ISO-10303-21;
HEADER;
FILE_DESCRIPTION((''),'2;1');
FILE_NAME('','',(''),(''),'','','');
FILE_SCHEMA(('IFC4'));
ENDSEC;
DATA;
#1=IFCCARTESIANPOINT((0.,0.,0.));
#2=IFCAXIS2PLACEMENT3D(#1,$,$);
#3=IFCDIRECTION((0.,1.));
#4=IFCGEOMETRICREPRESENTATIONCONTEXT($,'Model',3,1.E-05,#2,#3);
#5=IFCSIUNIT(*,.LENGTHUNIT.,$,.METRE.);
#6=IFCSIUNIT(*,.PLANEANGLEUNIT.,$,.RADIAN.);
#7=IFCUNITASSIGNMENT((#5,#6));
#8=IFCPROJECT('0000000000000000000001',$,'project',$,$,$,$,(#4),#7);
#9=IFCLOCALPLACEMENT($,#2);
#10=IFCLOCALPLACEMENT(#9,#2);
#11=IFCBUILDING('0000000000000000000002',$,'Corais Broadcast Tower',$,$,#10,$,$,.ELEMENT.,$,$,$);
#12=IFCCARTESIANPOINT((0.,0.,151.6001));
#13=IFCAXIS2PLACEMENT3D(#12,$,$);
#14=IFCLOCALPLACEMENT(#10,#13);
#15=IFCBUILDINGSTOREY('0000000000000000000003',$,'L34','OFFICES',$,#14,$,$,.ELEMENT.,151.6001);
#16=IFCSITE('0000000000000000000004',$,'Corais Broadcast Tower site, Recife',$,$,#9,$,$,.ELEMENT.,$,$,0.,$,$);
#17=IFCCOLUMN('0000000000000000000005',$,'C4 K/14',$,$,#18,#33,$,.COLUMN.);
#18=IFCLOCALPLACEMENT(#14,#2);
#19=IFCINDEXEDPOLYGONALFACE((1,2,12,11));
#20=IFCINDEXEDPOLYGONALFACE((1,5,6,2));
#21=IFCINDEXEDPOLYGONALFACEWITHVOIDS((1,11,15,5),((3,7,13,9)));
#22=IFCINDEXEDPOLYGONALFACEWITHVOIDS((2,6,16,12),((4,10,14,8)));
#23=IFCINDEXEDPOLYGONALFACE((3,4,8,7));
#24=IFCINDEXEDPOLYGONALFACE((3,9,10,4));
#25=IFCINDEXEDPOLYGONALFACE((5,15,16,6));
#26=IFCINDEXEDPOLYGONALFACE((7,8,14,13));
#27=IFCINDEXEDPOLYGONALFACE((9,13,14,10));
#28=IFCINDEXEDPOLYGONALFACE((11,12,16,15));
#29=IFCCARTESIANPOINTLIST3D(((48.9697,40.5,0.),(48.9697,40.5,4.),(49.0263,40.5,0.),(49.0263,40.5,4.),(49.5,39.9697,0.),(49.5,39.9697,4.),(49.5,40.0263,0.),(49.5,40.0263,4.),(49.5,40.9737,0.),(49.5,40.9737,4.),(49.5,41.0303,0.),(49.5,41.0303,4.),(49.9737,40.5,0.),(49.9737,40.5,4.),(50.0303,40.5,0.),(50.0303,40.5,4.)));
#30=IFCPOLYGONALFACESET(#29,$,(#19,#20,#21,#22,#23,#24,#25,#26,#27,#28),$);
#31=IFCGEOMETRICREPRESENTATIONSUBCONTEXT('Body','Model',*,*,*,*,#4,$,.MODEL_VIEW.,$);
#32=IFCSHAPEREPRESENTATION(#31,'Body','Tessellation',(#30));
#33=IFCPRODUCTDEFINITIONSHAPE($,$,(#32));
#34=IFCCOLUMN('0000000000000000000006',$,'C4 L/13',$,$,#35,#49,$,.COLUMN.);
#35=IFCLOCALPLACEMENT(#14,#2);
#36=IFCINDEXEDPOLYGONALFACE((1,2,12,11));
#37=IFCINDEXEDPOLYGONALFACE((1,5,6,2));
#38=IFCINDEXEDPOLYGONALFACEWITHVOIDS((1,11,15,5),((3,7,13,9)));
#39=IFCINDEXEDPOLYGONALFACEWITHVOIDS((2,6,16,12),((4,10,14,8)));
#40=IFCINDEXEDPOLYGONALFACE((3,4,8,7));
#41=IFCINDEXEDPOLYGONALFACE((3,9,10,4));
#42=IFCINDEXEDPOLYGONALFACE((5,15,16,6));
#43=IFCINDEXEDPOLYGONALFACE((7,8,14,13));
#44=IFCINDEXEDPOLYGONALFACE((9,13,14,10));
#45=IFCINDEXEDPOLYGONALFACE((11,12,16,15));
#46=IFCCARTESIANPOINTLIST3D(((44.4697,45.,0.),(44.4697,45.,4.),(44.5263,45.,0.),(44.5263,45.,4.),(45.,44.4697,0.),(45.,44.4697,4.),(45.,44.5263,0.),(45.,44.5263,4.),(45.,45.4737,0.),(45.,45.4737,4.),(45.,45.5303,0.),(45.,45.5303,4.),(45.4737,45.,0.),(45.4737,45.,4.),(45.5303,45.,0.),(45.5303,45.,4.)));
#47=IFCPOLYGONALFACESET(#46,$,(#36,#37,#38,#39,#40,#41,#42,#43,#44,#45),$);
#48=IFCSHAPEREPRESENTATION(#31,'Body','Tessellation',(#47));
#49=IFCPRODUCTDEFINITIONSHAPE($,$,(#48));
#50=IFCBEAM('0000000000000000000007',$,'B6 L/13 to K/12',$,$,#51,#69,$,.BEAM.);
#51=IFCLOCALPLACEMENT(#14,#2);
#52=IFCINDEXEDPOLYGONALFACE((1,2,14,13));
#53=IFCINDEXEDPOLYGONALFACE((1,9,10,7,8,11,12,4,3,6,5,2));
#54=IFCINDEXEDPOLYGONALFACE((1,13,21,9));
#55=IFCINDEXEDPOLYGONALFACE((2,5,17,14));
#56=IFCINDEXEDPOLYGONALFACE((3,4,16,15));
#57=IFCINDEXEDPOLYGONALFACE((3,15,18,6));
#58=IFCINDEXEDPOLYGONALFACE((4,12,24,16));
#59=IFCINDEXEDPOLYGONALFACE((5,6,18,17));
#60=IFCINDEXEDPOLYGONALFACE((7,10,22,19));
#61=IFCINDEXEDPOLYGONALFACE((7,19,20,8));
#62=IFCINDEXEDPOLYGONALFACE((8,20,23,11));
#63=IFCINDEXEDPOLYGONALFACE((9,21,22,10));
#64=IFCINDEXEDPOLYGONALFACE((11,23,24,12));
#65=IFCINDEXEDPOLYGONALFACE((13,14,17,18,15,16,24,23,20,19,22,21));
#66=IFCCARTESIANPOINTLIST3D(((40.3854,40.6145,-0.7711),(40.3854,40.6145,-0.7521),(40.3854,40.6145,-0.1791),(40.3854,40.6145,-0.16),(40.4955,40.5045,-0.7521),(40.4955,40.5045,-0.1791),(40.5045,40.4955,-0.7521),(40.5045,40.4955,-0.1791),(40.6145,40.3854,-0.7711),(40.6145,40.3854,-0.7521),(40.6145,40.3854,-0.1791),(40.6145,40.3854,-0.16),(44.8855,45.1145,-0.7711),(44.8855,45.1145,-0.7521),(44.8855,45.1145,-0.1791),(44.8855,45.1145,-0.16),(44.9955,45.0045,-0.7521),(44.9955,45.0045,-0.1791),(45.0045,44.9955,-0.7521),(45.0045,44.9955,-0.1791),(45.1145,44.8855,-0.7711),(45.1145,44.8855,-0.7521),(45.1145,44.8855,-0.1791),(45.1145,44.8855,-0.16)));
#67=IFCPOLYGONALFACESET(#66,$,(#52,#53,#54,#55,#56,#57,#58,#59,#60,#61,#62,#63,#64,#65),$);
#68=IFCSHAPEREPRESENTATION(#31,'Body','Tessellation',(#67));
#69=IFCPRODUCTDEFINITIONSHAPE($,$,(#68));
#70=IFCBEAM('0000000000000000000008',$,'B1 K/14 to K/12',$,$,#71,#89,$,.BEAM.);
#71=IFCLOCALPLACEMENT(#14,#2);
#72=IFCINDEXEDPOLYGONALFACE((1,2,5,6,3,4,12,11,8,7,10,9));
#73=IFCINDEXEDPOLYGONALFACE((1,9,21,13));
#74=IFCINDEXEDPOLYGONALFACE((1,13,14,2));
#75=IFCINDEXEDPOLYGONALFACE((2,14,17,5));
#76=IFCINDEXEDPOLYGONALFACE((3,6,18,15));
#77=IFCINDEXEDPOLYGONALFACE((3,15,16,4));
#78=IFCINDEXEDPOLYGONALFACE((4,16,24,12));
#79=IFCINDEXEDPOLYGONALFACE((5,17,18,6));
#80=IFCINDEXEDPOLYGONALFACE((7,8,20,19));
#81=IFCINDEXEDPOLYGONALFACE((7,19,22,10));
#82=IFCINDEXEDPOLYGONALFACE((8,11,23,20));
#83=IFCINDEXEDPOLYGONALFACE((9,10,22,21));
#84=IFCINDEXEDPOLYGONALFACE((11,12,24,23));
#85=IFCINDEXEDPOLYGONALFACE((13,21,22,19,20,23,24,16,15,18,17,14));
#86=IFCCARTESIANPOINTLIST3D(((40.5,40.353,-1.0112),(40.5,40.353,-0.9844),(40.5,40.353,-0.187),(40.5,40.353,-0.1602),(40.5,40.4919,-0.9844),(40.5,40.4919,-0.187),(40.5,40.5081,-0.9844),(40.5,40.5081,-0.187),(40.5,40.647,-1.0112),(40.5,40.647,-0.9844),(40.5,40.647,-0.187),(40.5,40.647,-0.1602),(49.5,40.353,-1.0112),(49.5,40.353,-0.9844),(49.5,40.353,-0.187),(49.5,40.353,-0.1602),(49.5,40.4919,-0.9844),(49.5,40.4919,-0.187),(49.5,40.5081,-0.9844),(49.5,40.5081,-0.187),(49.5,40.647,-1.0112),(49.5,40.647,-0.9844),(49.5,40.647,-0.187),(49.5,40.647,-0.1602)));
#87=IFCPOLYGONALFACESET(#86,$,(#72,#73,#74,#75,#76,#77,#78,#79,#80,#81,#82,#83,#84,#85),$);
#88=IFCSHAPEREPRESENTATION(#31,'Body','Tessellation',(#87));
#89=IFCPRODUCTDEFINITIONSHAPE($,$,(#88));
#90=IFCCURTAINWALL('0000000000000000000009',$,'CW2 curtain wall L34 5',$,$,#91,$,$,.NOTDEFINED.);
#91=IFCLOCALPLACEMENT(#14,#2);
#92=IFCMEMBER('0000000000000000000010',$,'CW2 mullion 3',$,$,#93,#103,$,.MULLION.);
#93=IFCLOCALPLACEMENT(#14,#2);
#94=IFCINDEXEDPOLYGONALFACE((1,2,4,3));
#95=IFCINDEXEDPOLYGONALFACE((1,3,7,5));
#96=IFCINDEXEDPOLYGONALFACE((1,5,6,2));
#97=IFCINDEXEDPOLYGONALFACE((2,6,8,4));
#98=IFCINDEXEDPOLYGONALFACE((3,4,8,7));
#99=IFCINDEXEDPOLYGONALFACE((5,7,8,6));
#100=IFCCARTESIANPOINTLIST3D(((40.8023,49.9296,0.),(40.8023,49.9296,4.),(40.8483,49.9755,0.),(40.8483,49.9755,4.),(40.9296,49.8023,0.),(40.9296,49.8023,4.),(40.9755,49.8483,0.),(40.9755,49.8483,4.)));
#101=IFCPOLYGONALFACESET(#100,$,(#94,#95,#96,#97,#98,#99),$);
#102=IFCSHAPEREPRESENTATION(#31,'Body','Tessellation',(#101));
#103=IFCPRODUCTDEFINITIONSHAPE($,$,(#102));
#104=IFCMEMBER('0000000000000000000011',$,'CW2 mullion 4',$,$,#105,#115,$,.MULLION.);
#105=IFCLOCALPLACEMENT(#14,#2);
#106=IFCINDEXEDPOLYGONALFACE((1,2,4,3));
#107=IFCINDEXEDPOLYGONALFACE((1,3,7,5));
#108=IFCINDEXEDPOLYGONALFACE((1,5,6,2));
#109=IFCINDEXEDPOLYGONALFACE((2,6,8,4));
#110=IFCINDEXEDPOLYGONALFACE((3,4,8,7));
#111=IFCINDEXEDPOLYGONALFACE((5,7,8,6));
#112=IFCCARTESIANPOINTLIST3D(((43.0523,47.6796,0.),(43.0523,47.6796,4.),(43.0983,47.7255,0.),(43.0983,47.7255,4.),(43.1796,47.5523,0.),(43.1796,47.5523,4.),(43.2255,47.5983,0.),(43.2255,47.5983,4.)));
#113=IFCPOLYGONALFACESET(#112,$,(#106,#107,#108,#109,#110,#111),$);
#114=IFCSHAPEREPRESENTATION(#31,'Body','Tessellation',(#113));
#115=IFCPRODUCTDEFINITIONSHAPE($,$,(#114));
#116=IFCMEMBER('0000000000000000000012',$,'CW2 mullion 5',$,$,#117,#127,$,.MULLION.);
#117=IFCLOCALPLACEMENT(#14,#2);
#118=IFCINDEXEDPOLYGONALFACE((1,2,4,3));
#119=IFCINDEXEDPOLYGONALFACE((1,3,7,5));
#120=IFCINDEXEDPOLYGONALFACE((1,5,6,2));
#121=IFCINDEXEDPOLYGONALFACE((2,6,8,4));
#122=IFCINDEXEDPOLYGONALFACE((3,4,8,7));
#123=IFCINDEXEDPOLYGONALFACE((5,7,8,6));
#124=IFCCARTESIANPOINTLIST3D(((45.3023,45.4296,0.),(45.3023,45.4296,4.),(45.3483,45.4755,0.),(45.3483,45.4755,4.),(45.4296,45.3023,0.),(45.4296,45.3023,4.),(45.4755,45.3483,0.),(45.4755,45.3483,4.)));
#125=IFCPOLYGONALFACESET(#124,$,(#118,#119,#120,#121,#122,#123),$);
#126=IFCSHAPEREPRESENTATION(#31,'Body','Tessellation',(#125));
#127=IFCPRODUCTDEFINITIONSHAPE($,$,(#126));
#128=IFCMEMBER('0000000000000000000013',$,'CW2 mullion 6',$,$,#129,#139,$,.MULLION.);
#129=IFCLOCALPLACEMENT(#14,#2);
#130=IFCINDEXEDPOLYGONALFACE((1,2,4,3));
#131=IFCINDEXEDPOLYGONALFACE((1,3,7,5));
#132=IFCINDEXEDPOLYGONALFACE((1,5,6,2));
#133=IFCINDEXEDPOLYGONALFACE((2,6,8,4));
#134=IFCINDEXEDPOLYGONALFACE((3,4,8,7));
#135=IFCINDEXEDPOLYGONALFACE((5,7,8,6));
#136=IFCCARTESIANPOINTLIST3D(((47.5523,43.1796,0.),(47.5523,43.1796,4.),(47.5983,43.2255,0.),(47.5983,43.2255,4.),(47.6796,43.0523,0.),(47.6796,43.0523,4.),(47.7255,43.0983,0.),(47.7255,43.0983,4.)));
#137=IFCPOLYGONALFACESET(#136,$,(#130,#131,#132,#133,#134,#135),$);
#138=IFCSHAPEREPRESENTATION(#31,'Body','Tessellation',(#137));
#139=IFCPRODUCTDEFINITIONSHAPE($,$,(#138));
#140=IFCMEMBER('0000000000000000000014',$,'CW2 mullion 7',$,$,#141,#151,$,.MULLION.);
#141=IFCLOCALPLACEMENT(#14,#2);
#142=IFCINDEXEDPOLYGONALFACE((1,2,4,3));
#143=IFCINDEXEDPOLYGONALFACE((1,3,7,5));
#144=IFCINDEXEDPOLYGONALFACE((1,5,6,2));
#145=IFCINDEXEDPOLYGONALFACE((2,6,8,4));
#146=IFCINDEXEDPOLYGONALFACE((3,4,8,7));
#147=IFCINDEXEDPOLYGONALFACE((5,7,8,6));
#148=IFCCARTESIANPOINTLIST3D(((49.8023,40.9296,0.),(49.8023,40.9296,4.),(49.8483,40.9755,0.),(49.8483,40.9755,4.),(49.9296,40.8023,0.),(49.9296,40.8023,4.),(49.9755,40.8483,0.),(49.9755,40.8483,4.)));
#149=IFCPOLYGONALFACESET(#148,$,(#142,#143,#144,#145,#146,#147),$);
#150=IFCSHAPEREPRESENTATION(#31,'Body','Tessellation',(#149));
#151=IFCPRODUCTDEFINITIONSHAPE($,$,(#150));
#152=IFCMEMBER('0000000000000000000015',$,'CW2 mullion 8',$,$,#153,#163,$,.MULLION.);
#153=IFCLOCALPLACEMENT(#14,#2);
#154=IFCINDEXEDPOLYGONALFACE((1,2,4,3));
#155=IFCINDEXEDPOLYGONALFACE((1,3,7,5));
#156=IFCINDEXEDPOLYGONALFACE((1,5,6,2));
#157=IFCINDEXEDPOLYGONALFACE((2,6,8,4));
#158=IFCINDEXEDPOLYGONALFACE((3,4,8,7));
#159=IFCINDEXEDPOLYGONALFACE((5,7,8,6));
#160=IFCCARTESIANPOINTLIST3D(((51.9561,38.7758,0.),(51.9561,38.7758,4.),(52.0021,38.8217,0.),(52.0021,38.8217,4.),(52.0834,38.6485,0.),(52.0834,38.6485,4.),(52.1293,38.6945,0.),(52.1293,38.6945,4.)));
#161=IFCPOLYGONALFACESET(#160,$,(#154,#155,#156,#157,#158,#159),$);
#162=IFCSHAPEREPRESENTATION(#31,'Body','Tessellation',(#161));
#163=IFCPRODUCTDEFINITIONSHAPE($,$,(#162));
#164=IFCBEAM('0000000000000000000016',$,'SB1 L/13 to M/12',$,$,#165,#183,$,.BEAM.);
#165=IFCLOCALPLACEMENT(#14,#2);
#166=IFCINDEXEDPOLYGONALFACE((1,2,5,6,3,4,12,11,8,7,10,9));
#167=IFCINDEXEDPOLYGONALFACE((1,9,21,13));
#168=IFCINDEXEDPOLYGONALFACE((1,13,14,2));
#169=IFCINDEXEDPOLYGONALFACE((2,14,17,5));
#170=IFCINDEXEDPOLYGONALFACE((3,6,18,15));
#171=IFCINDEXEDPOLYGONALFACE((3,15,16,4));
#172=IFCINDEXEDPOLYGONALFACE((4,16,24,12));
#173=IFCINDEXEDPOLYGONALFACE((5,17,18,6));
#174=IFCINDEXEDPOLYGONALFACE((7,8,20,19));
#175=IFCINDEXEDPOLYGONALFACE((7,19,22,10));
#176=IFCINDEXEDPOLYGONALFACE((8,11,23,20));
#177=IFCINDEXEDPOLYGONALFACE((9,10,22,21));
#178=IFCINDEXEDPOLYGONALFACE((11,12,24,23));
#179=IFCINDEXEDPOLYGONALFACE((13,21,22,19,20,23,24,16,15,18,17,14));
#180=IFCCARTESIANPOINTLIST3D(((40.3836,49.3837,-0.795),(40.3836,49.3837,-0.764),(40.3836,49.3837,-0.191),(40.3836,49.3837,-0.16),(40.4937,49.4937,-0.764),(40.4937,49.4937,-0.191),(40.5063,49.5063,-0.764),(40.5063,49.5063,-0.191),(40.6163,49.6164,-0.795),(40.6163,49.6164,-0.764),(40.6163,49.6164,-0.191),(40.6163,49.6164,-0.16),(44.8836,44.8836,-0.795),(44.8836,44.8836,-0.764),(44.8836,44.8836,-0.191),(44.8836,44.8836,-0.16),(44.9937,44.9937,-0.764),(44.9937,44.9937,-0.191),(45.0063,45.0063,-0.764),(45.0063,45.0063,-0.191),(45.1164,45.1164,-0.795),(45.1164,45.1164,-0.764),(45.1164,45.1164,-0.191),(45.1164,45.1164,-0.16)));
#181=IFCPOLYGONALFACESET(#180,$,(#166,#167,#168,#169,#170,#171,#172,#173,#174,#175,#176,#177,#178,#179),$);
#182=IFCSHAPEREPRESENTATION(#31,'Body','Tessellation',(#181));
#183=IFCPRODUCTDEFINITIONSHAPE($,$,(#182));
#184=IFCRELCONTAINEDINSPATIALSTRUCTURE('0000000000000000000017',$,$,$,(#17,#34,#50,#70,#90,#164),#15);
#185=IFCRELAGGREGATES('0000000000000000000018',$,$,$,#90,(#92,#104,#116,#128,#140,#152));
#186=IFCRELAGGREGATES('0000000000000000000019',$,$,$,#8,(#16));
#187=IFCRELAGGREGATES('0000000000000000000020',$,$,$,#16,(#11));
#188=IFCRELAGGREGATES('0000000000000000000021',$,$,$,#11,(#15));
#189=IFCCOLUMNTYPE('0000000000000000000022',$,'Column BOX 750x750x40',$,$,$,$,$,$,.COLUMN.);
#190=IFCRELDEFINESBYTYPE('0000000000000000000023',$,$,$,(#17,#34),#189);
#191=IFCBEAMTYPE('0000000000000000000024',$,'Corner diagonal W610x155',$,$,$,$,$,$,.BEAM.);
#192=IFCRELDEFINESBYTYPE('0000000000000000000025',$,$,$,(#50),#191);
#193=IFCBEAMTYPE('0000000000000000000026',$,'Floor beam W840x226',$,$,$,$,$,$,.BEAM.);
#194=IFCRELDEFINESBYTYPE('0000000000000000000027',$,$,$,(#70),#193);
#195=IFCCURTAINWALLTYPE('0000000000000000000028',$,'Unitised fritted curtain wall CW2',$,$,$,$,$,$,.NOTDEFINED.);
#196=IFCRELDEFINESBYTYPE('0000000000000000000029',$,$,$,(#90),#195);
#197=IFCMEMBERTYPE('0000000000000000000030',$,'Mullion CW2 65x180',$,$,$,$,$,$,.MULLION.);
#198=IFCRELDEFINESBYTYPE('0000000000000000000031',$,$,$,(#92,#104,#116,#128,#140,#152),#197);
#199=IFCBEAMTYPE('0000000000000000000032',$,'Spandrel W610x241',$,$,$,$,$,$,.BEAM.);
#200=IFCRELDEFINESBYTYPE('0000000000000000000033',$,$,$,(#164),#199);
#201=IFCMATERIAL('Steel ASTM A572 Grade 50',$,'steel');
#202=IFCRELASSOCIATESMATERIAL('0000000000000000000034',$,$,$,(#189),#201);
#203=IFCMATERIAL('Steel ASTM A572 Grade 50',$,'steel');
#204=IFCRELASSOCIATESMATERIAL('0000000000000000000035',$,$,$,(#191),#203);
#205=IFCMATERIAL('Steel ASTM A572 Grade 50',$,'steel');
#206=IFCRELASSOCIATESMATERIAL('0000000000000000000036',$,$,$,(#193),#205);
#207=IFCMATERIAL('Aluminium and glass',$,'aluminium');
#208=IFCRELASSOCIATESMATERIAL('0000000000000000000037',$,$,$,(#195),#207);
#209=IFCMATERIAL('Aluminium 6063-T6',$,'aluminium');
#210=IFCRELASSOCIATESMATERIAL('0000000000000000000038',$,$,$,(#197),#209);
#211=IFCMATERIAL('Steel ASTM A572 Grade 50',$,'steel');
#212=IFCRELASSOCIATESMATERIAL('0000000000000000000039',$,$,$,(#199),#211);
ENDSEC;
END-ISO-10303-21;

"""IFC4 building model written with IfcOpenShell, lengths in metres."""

from ifc_helpers import new_model, si_unit, direction, frame, origin, origin_2d, place, context, subcontext, project, spatial, rectangle, hollow_rectangle, i_section, extrude, material, material_profile, profile_set, type_object, element, aggregate, save


model = new_model("IFC4")

# Units and contexts
model_context = context("Model", 3, precision=1e-05, world=origin(), true_north=direction((0.0, 1.0)))
body_context = subcontext(model_context, "Body", "Model", "MODEL_VIEW")
ifc_project = project(units=[si_unit("LENGTHUNIT", "METRE"), si_unit("PLANEANGLEUNIT", "RADIAN")], contexts=[model_context])

# Site, building, storey
site_placement = place(None, origin())
site = spatial("IfcSite", under=ifc_project, at=site_placement, Name="Corais Broadcast Tower site, Recife", CompositionType="ELEMENT", RefElevation=0.0)
building_placement = place(site_placement, origin())
building = spatial("IfcBuilding", under=site, at=building_placement, Name="Corais Broadcast Tower", CompositionType="ELEMENT")
storey_placement = place(building_placement, frame((0.0, 0.0, 151.6001)))
storey = spatial("IfcBuildingStorey", under=building, at=storey_placement, Name="L34", Description="OFFICES", CompositionType="ELEMENT", Elevation=151.6001)

# Columns
ifc_material_1 = material(Name="Steel ASTM A572 Grade 50", Category="steel")
ifc_material_profile_1 = material_profile(ifc_material_1, hollow_rectangle(XDim=0.75, YDim=0.75, WallThickness=0.04, at=origin_2d()), Name="BOX 750x750x40")
ifc_profile_set_1 = profile_set([ifc_material_profile_1], Name="Steel ASTM A572 Grade 50")
column_type = type_object("IfcColumnType", Name="Column BOX 750x750x40", PredefinedType="COLUMN", material=ifc_profile_set_1)
for number, where, z_axis, x_axis, name in (
    (1, (49.5, 40.5, 0.0), (0.0, 0.0, 1.0), (0.707107, 0.707107, 0.0), "C4 K/14"),
    (2, (45.0, 45.0, 0.0), (0.0, 0.0, 1.0), (0.707107, 0.707107, 0.0), "C4 L/13"),
):
    element("IfcColumn", number, at=place(storey_placement, frame(where, z_axis=z_axis, x_axis=x_axis)), inside=storey, type_object=column_type, Name=name, PredefinedType="COLUMN", context=body_context, shape_type="SweptSolid", body=[
        extrude(hollow_rectangle(XDim=0.75, YDim=0.75, WallThickness=0.04, at=origin_2d()), origin(), (0.0, 0.0, 1.0), 4.0),
    ])

# Beams
ifc_material_2 = material(Name="Steel ASTM A572 Grade 50", Category="steel")
ifc_material_profile_2 = material_profile(ifc_material_2, i_section(OverallWidth=0.324, OverallDepth=0.6111, WebThickness=0.0127, FlangeThickness=0.019, at=origin_2d()), Name="W610x155")
ifc_profile_set_2 = profile_set([ifc_material_profile_2], Name="Steel ASTM A572 Grade 50")
beam_type_1 = type_object("IfcBeamType", Name="Corner diagonal W610x155", PredefinedType="BEAM", material=ifc_profile_set_2)
beam_1_placement = place(storey_placement, frame((45.0, 45.0, -0.4656), z_axis=(-0.707107, -0.707107, 0.0), x_axis=(0.707107, -0.707107, 0.0)))
element("IfcBeam", 3, at=beam_1_placement, inside=storey, type_object=beam_type_1, Name="B6 L/13 to K/12", PredefinedType="BEAM", context=body_context, shape_type="SweptSolid", body=[
    extrude(i_section(OverallWidth=0.324, OverallDepth=0.6111, WebThickness=0.0127, FlangeThickness=0.019, at=origin_2d()), origin(), (0.0, 0.0, 1.0), 6.364),
])
ifc_material_3 = material(Name="Steel ASTM A572 Grade 50", Category="steel")
ifc_material_profile_3 = material_profile(ifc_material_3, i_section(OverallWidth=0.2939, OverallDepth=0.8511, WebThickness=0.0161, FlangeThickness=0.0269, at=origin_2d()), Name="W840x226")
ifc_profile_set_3 = profile_set([ifc_material_profile_3], Name="Steel ASTM A572 Grade 50")
beam_type_2 = type_object("IfcBeamType", Name="Floor beam W840x226", PredefinedType="BEAM", material=ifc_profile_set_3)
beam_2_placement = place(storey_placement, frame((49.5, 40.5, -0.5857), z_axis=(-1.0, 0.0, 0.0), x_axis=(0.0, -1.0, 0.0)))
element("IfcBeam", 4, at=beam_2_placement, inside=storey, type_object=beam_type_2, Name="B1 K/14 to K/12", PredefinedType="BEAM", context=body_context, shape_type="SweptSolid", body=[
    extrude(i_section(OverallWidth=0.2939, OverallDepth=0.8511, WebThickness=0.0161, FlangeThickness=0.0269, at=origin_2d()), origin(), (0.0, 0.0, 1.0), 9.0),
])

# Curtain wall, members
ifc_material_4 = material(Name="Aluminium and glass", Category="aluminium")
curtain_wall_type = type_object("IfcCurtainWallType", Name="Unitised fritted curtain wall CW2", PredefinedType="NOTDEFINED", material=ifc_material_4)
curtain_wall_placement = place(storey_placement, origin())
curtain_wall = element("IfcCurtainWall", 5, at=curtain_wall_placement, inside=storey, type_object=curtain_wall_type, Name="CW2 curtain wall L34 5", PredefinedType="NOTDEFINED")
ifc_material_5 = material(Name="Aluminium 6063-T6", Category="aluminium")
ifc_material_profile_4 = material_profile(ifc_material_5, rectangle(XDim=0.0649, YDim=0.1799, at=origin_2d()), Name="Mullion CW2 65x180")
ifc_profile_set_4 = profile_set([ifc_material_profile_4], Name="Aluminium 6063-T6")
member_type_1 = type_object("IfcMemberType", Name="Mullion CW2 65x180", PredefinedType="MULLION", material=ifc_profile_set_4)
member_1_placement = place(storey_placement, frame((40.8889, 49.8889, 0.0), z_axis=(0.0, 0.0, 1.0), x_axis=(0.707107, 0.707107, 0.0)))
member_1 = element("IfcMember", 6, at=member_1_placement, type_object=member_type_1, Name="CW2 mullion 3", PredefinedType="MULLION", context=body_context, shape_type="SweptSolid", body=[
    extrude(rectangle(XDim=0.0649, YDim=0.1799, at=origin_2d()), origin(), (0.0, 0.0, 1.0), 4.0),
])
member_2_placement = place(storey_placement, frame((43.1389, 47.6389, 0.0), z_axis=(0.0, 0.0, 1.0), x_axis=(0.707107, 0.707107, 0.0)))
member_2 = element("IfcMember", 7, at=member_2_placement, type_object=member_type_1, Name="CW2 mullion 4", PredefinedType="MULLION", context=body_context, shape_type="SweptSolid", body=[
    extrude(rectangle(XDim=0.0649, YDim=0.1799, at=origin_2d()), origin(), (0.0, 0.0, 1.0), 4.0),
])
member_3_placement = place(storey_placement, frame((45.3889, 45.3889, 0.0), z_axis=(0.0, 0.0, 1.0), x_axis=(0.707107, 0.707107, 0.0)))
member_3 = element("IfcMember", 8, at=member_3_placement, type_object=member_type_1, Name="CW2 mullion 5", PredefinedType="MULLION", context=body_context, shape_type="SweptSolid", body=[
    extrude(rectangle(XDim=0.0649, YDim=0.1799, at=origin_2d()), origin(), (0.0, 0.0, 1.0), 4.0),
])
member_4_placement = place(storey_placement, frame((47.6389, 43.1389, 0.0), z_axis=(0.0, 0.0, 1.0), x_axis=(0.707107, 0.707107, 0.0)))
member_4 = element("IfcMember", 9, at=member_4_placement, type_object=member_type_1, Name="CW2 mullion 6", PredefinedType="MULLION", context=body_context, shape_type="SweptSolid", body=[
    extrude(rectangle(XDim=0.0649, YDim=0.1799, at=origin_2d()), origin(), (0.0, 0.0, 1.0), 4.0),
])
member_5_placement = place(storey_placement, frame((49.8889, 40.8889, 0.0), z_axis=(0.0, 0.0, 1.0), x_axis=(0.707107, 0.707107, 0.0)))
member_5 = element("IfcMember", 10, at=member_5_placement, type_object=member_type_1, Name="CW2 mullion 7", PredefinedType="MULLION", context=body_context, shape_type="SweptSolid", body=[
    extrude(rectangle(XDim=0.0649, YDim=0.1799, at=origin_2d()), origin(), (0.0, 0.0, 1.0), 4.0),
])
member_6_placement = place(storey_placement, frame((52.0427, 38.7351, 0.0), z_axis=(0.0, 0.0, 1.0), x_axis=(0.707107, 0.707107, 0.0)))
member_6 = element("IfcMember", 11, at=member_6_placement, type_object=member_type_1, Name="CW2 mullion 8", PredefinedType="MULLION", context=body_context, shape_type="SweptSolid", body=[
    extrude(rectangle(XDim=0.0649, YDim=0.1799, at=origin_2d()), origin(), (0.0, 0.0, 1.0), 4.0),
])

# Beam
ifc_material_6 = material(Name="Steel ASTM A572 Grade 50", Category="steel")
ifc_material_profile_5 = material_profile(ifc_material_6, i_section(OverallWidth=0.3291, OverallDepth=0.635, WebThickness=0.0178, FlangeThickness=0.031, at=origin_2d()), Name="W610x241")
ifc_profile_set_5 = profile_set([ifc_material_profile_5], Name="Steel ASTM A572 Grade 50")
beam_type_3 = type_object("IfcBeamType", Name="Spandrel W610x241", PredefinedType="BEAM", material=ifc_profile_set_5)
for number, where, z_axis, x_axis, name in (
    (12, (45.0, 45.0, -0.4775), (-0.707107, 0.707107, 0.0), (-0.707107, -0.707107, 0.0), "SB1 L/13 to M/12"),
):
    element("IfcBeam", number, at=place(storey_placement, frame(where, z_axis=z_axis, x_axis=x_axis)), inside=storey, type_object=beam_type_3, Name=name, PredefinedType="BEAM", context=body_context, shape_type="SweptSolid", body=[
        extrude(i_section(OverallWidth=0.3291, OverallDepth=0.635, WebThickness=0.0178, FlangeThickness=0.031, at=origin_2d()), origin(), (0.0, 0.0, 1.0), 6.364),
    ])

aggregate(curtain_wall, [member_1, member_2, member_3, member_4, member_5, member_6])

save(model, "model.ifc")
